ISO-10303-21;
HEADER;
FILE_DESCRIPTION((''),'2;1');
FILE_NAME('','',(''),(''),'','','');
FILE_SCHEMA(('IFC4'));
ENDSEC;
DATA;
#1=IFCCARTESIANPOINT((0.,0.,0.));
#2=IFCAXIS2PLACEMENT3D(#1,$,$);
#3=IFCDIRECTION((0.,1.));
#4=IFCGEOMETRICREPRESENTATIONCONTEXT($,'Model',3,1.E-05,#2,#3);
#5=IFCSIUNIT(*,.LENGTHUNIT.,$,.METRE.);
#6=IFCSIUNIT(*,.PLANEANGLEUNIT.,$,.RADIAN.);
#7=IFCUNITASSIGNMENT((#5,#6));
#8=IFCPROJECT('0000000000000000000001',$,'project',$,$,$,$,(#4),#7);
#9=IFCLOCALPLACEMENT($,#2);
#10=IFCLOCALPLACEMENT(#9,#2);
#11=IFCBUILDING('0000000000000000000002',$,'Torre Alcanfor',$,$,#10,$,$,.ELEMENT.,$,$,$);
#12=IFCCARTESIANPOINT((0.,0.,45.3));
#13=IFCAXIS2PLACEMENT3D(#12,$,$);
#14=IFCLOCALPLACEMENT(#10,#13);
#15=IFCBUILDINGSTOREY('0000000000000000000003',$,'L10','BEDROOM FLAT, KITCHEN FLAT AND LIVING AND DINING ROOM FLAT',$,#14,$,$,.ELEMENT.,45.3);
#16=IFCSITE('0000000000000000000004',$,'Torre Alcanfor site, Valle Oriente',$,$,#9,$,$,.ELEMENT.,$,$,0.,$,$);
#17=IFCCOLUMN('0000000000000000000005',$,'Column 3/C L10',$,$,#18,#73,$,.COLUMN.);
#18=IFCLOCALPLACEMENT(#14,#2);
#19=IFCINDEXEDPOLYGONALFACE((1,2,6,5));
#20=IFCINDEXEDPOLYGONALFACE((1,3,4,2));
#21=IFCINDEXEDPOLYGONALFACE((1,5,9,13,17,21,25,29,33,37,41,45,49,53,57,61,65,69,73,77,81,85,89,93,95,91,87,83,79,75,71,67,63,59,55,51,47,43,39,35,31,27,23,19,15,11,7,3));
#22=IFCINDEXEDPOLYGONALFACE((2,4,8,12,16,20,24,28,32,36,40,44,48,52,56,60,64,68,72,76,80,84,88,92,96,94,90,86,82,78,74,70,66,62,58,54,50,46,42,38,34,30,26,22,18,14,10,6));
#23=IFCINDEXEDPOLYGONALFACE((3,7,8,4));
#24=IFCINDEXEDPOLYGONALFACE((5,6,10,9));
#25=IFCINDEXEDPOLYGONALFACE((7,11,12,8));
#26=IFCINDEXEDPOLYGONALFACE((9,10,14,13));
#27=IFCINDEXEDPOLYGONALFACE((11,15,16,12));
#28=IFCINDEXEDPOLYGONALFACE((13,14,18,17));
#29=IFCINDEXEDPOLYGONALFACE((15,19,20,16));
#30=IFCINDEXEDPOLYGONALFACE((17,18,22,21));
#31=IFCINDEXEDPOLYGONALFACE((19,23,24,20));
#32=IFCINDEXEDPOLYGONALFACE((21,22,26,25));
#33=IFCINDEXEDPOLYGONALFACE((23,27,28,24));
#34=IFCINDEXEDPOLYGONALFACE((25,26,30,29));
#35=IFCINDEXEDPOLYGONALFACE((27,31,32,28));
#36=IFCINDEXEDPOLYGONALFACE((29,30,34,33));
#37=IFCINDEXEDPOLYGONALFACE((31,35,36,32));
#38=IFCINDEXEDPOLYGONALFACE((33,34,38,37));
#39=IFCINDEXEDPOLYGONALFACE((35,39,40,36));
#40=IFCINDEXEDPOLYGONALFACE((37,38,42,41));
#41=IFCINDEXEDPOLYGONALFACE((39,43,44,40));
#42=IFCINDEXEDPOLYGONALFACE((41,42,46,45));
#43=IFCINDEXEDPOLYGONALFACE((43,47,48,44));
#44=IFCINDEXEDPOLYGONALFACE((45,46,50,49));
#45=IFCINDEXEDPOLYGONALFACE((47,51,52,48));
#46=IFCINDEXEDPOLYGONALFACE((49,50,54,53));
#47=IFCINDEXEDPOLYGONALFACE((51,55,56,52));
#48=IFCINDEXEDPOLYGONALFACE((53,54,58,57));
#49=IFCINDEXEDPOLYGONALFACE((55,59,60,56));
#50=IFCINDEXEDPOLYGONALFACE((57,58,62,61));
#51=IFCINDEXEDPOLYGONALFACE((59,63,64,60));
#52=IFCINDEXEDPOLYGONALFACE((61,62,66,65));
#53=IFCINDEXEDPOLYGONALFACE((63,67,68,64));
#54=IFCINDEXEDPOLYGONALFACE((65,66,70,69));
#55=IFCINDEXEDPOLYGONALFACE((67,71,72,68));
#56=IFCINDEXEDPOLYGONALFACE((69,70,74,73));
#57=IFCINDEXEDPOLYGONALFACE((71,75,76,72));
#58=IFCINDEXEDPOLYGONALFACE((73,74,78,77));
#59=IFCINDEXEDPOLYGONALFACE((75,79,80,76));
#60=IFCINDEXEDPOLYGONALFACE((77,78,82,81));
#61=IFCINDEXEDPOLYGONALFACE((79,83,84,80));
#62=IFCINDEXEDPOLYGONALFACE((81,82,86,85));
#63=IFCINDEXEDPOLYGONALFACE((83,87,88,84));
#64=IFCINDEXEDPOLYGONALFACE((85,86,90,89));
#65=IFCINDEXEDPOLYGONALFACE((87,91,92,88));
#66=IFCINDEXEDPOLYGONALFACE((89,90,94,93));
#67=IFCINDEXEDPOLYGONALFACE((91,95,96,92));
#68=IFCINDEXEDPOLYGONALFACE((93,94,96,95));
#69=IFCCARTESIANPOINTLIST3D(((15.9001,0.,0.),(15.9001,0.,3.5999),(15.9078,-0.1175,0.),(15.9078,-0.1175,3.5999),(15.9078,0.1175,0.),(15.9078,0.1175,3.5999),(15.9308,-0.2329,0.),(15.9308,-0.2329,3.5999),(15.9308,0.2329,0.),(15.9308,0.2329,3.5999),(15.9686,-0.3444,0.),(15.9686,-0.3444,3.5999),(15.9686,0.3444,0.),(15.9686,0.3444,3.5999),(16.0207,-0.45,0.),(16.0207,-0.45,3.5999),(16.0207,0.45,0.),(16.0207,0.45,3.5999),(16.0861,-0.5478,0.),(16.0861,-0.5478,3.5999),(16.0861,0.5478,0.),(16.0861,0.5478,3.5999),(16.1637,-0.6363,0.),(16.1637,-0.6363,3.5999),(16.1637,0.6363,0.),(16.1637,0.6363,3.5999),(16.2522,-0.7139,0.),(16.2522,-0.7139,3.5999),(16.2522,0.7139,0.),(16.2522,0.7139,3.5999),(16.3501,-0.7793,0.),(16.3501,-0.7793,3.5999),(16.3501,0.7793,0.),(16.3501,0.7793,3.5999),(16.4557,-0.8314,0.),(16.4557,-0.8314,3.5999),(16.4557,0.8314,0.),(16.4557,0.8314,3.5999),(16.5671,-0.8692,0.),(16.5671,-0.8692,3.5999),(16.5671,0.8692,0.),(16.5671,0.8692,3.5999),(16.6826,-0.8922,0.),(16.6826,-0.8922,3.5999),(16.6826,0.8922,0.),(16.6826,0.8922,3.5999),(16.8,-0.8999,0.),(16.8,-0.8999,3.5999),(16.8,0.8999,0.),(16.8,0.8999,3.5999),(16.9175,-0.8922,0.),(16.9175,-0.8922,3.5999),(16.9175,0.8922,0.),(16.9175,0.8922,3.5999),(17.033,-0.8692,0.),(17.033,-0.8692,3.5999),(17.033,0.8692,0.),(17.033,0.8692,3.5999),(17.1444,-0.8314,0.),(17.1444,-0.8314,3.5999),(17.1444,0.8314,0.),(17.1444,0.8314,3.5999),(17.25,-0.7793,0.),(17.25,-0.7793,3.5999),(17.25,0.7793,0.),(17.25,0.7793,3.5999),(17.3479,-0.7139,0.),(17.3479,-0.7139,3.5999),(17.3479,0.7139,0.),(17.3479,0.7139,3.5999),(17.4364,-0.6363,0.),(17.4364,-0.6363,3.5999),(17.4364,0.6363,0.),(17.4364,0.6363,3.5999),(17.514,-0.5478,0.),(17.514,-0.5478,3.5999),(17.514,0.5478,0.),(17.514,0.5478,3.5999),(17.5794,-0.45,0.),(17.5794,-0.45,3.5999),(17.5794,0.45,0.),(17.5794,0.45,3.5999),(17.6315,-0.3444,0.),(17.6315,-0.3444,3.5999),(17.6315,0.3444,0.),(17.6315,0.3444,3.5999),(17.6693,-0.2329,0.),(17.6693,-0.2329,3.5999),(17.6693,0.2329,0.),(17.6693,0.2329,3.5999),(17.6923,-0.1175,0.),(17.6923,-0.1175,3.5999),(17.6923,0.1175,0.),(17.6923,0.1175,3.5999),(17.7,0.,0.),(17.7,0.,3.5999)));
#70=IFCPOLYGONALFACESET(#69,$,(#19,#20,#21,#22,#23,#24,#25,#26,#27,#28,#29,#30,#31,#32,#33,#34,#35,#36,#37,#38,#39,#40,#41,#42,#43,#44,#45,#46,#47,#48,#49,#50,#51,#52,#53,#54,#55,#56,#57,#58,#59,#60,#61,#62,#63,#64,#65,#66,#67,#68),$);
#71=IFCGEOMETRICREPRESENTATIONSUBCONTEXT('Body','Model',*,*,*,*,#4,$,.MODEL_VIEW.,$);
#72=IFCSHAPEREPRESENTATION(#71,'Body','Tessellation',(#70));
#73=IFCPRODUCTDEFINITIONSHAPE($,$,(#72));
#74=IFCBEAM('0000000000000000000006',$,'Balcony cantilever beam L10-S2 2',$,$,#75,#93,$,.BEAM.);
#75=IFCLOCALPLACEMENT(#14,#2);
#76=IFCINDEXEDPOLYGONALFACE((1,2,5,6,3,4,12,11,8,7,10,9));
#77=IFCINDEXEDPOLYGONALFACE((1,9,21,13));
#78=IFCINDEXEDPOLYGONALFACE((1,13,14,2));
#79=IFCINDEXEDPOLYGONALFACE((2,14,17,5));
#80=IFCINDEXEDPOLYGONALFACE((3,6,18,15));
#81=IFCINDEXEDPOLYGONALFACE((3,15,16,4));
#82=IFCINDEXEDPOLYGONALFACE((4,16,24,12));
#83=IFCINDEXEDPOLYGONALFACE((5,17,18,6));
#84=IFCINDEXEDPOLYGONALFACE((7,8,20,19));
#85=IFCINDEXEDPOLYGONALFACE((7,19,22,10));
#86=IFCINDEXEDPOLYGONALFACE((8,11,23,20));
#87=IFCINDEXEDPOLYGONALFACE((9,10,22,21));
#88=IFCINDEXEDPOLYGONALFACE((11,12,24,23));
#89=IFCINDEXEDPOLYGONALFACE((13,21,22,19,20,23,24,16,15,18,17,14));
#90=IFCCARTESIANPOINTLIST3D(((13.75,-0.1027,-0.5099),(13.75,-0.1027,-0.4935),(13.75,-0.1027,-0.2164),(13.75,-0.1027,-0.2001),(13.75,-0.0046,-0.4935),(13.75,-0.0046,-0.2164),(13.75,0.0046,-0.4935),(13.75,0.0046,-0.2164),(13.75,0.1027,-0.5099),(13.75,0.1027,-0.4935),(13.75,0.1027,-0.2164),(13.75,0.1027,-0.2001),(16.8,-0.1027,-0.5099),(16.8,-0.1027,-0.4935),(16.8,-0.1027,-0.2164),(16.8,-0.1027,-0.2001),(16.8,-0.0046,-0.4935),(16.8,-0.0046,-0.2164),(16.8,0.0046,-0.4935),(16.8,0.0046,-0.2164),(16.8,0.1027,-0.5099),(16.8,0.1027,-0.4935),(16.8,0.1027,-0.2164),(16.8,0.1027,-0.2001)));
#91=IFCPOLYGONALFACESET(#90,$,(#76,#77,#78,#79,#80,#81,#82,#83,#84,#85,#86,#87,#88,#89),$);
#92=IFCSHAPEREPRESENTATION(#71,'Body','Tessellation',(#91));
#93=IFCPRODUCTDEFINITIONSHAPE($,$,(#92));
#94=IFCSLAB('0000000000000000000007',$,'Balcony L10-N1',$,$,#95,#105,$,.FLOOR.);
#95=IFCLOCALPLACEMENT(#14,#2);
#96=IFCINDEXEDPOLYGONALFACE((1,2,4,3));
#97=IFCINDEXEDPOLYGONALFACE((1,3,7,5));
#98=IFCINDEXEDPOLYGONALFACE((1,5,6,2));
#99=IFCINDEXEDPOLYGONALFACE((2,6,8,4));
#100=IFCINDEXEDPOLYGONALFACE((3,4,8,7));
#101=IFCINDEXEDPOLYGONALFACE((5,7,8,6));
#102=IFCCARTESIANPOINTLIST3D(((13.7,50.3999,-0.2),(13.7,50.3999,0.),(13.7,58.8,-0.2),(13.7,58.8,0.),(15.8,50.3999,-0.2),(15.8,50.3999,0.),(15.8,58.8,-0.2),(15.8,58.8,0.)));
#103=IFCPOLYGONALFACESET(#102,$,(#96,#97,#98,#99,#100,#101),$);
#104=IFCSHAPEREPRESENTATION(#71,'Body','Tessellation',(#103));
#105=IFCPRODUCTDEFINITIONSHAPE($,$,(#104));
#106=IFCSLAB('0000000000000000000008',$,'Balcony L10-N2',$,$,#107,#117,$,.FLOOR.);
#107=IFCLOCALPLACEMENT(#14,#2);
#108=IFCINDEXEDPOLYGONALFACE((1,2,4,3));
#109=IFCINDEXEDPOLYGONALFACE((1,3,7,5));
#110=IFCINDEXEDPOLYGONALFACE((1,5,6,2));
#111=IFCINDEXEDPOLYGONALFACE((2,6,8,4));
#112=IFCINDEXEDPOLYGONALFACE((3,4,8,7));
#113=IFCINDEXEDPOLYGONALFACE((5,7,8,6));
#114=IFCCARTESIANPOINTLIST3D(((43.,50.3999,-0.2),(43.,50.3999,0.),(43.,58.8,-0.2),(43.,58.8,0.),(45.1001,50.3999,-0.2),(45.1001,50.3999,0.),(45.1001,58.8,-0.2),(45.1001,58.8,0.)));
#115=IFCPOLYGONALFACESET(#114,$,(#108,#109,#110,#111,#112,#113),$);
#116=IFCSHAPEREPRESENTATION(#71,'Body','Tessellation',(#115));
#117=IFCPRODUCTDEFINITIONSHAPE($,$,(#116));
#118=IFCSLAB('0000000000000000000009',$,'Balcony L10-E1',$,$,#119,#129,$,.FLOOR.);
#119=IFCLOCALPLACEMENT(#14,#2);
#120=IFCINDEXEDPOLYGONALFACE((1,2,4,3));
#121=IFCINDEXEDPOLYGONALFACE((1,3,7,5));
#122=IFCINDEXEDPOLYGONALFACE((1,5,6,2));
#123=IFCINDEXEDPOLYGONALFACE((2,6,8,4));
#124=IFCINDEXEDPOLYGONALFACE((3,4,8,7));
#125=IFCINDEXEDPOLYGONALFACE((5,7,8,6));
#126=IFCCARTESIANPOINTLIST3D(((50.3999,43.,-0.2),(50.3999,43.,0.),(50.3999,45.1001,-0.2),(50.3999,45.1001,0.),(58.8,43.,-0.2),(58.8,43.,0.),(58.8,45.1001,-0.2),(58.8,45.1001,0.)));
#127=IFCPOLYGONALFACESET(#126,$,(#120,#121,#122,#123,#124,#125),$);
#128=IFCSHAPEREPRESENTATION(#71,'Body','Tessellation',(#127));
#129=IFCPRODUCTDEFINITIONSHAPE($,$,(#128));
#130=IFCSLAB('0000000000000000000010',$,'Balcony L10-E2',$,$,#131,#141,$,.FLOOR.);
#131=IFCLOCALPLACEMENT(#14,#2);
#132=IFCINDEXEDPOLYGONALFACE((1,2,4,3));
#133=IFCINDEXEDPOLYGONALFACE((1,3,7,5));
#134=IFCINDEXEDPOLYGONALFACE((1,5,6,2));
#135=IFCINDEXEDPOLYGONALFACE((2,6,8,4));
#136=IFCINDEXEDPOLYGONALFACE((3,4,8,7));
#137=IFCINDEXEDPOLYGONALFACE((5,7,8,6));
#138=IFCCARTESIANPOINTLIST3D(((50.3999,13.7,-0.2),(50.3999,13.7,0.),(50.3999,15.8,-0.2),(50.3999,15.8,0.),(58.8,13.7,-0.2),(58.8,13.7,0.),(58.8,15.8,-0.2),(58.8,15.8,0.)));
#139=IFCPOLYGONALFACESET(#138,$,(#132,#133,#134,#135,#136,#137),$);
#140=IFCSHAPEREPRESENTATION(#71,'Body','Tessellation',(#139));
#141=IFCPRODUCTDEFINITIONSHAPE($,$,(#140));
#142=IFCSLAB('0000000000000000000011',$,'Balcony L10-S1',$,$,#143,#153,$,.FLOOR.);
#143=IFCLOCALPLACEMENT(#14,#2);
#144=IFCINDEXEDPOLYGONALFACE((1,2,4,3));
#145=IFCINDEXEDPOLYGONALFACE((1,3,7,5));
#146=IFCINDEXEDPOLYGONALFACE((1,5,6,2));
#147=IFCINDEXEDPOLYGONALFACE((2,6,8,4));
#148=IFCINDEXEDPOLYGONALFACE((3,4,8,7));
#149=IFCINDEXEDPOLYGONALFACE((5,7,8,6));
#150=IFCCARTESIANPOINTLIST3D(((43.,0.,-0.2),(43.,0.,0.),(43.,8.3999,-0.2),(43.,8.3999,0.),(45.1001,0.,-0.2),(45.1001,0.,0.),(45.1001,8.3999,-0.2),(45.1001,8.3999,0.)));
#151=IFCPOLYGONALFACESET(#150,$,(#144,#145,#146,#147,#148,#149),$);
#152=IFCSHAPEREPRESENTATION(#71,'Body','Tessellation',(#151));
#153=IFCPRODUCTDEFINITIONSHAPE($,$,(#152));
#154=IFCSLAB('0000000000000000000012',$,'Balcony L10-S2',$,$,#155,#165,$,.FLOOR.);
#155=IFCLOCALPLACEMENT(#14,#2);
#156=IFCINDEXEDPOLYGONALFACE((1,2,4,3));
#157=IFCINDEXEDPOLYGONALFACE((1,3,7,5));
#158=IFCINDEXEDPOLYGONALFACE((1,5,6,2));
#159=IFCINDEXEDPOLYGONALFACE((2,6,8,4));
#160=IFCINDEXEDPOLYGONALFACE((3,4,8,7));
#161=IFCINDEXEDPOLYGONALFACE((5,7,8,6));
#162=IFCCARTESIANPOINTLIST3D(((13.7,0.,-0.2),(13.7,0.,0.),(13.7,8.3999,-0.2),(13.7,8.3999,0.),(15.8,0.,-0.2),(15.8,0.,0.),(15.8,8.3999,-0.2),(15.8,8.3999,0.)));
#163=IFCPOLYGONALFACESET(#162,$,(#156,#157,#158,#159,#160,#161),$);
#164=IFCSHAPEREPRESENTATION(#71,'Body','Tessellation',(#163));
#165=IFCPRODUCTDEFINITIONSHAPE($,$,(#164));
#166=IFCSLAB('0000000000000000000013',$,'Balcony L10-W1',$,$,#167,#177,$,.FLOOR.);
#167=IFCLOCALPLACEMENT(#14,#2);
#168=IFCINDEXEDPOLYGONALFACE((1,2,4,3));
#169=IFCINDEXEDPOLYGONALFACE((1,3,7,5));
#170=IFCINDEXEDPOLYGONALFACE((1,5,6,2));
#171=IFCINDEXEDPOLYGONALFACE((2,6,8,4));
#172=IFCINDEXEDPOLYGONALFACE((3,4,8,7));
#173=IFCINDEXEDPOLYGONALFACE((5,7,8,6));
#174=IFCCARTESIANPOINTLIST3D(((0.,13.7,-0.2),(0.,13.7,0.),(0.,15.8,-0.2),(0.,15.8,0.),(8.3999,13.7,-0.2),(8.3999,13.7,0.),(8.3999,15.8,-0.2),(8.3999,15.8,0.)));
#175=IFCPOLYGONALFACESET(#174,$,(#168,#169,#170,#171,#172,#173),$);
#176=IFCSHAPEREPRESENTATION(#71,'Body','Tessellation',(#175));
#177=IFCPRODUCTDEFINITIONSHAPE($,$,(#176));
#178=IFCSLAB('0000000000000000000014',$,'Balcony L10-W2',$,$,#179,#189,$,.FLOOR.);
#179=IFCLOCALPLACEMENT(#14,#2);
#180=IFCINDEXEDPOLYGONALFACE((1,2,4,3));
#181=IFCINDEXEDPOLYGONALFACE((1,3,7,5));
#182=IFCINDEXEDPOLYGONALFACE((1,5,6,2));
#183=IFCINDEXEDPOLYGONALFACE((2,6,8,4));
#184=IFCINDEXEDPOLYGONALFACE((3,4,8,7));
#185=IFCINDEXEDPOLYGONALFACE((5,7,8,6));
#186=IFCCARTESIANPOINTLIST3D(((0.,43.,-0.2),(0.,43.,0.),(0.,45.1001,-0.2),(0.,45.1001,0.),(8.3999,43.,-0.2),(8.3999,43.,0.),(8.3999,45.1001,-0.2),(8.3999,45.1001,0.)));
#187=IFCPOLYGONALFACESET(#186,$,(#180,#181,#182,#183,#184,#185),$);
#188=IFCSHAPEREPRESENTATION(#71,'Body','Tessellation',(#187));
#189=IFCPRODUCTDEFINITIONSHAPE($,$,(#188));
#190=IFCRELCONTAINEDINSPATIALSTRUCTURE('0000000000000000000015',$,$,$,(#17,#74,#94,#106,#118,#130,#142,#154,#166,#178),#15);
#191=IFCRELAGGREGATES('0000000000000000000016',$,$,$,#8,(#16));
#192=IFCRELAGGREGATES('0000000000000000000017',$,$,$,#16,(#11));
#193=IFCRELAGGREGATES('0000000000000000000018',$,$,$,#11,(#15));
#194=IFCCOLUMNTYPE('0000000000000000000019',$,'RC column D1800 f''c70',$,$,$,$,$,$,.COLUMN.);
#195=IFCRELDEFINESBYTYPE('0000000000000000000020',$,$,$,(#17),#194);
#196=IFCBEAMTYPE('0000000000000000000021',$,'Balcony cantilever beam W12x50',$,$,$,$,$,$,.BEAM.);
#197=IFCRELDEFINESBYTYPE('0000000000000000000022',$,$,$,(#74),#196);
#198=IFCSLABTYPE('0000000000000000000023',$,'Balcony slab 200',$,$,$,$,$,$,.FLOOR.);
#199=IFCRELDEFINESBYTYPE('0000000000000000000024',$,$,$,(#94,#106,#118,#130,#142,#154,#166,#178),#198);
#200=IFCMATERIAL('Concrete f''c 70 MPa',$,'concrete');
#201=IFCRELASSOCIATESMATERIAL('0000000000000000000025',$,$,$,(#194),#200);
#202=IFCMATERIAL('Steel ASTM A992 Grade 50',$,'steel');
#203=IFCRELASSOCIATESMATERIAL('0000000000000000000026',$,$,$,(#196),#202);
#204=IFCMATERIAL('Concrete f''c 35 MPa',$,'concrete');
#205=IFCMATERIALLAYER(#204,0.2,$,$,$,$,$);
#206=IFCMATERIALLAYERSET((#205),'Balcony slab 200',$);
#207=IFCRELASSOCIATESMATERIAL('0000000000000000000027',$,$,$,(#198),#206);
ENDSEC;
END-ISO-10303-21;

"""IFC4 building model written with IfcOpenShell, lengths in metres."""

from ifc_helpers import new_model, si_unit, direction, frame, origin, origin_2d, place, context, subcontext, project, spatial, polyline, circle, i_section, outline, extrude, material, layer, layer_set, material_profile, profile_set, type_object, element, save


model = new_model("IFC4")

# Units and contexts
model_context = context("Model", 3, precision=1e-05, world=origin(), true_north=direction((0.0, 1.0)))
body_context = subcontext(model_context, "Body", "Model", "MODEL_VIEW")
ifc_project = project(units=[si_unit("LENGTHUNIT", "METRE"), si_unit("PLANEANGLEUNIT", "RADIAN")], contexts=[model_context])

# Site, building, storey
site_placement = place(None, origin())
site = spatial("IfcSite", under=ifc_project, at=site_placement, Name="Torre Alcanfor site, Valle Oriente", CompositionType="ELEMENT", RefElevation=0.0)
building_placement = place(site_placement, origin())
building = spatial("IfcBuilding", under=site, at=building_placement, Name="Torre Alcanfor", CompositionType="ELEMENT")
storey_placement = place(building_placement, frame((0.0, 0.0, 45.3)))
storey = spatial("IfcBuildingStorey", under=building, at=storey_placement, Name="L10", Description="BEDROOM FLAT, KITCHEN FLAT AND LIVING AND DINING ROOM FLAT", CompositionType="ELEMENT", Elevation=45.3)

# Column
ifc_material_1 = material(Name="Concrete f'c 70 MPa", Category="concrete")
ifc_material_profile_1 = material_profile(ifc_material_1, circle(Radius=0.8999, at=origin_2d()), Name="D1800")
ifc_profile_set_1 = profile_set([ifc_material_profile_1], Name="Concrete f'c 70 MPa")
column_type = type_object("IfcColumnType", Name="RC column D1800 f'c70", PredefinedType="COLUMN", material=ifc_profile_set_1)
column_placement = place(storey_placement, frame((16.8, 0.0, 0.0), z_axis=(0.0, 0.0, 1.0), x_axis=(1.0, 0.0, 0.0)))
element("IfcColumn", 1, at=column_placement, inside=storey, type_object=column_type, Name="Column 3/C L10", PredefinedType="COLUMN", context=body_context, shape_type="SweptSolid", body=[
    extrude(circle(Radius=0.8999, at=origin_2d()), origin(), (0.0, 0.0, 1.0), 3.5999),
])

# Beam
ifc_material_2 = material(Name="Steel ASTM A992 Grade 50", Category="steel")
ifc_material_profile_2 = material_profile(ifc_material_2, i_section(OverallWidth=0.2053, OverallDepth=0.3098, WebThickness=0.0093, FlangeThickness=0.0164, at=origin_2d()), Name="W12x50")
ifc_profile_set_2 = profile_set([ifc_material_profile_2], Name="Steel ASTM A992 Grade 50")
beam_type = type_object("IfcBeamType", Name="Balcony cantilever beam W12x50", PredefinedType="BEAM", material=ifc_profile_set_2)
beam_placement = place(storey_placement, frame((16.8, 0.0, -0.355), z_axis=(-1.0, 0.0, 0.0), x_axis=(0.0, -1.0, 0.0)))
element("IfcBeam", 2, at=beam_placement, inside=storey, type_object=beam_type, Name="Balcony cantilever beam L10-S2 2", PredefinedType="BEAM", context=body_context, shape_type="SweptSolid", body=[
    extrude(i_section(OverallWidth=0.2053, OverallDepth=0.3098, WebThickness=0.0093, FlangeThickness=0.0164, at=origin_2d()), origin(), (0.0, 0.0, 1.0), 3.05),
])

# Slabs
ifc_material_3 = material(Name="Concrete f'c 35 MPa", Category="concrete")
ifc_layer_1 = layer(ifc_material_3, 0.2)
ifc_layer_set_1 = layer_set([ifc_layer_1], Name="Balcony slab 200")
slab_type_1 = type_object("IfcSlabType", Name="Balcony slab 200", PredefinedType="FLOOR", material=ifc_layer_set_1)
slab_1_placement = place(storey_placement, frame((0.0, 0.0, -0.2)))
element("IfcSlab", 3, at=slab_1_placement, inside=storey, type_object=slab_type_1, Name="Balcony L10-N1", PredefinedType="FLOOR", context=body_context, shape_type="SweptSolid", body=[
    extrude(outline(polyline([(15.8, 50.3999), (15.8, 58.8), (13.7, 58.8), (13.7, 50.3999), (15.8, 50.3999)])), origin(), (0.0, 0.0, 1.0), 0.2),
])
slab_2_placement = place(storey_placement, frame((0.0, 0.0, -0.2)))
element("IfcSlab", 4, at=slab_2_placement, inside=storey, type_object=slab_type_1, Name="Balcony L10-N2", PredefinedType="FLOOR", context=body_context, shape_type="SweptSolid", body=[
    extrude(outline(polyline([(45.1001, 50.3999), (45.1001, 58.8), (43.0, 58.8), (43.0, 50.3999), (45.1001, 50.3999)])), origin(), (0.0, 0.0, 1.0), 0.2),
])
slab_3_placement = place(storey_placement, frame((0.0, 0.0, -0.2)))
element("IfcSlab", 5, at=slab_3_placement, inside=storey, type_object=slab_type_1, Name="Balcony L10-E1", PredefinedType="FLOOR", context=body_context, shape_type="SweptSolid", body=[
    extrude(outline(polyline([(50.3999, 43.0), (58.8, 43.0), (58.8, 45.1001), (50.3999, 45.1001), (50.3999, 43.0)])), origin(), (0.0, 0.0, 1.0), 0.2),
])
slab_4_placement = place(storey_placement, frame((0.0, 0.0, -0.2)))
element("IfcSlab", 6, at=slab_4_placement, inside=storey, type_object=slab_type_1, Name="Balcony L10-E2", PredefinedType="FLOOR", context=body_context, shape_type="SweptSolid", body=[
    extrude(outline(polyline([(50.3999, 13.7), (58.8, 13.7), (58.8, 15.8), (50.3999, 15.8), (50.3999, 13.7)])), origin(), (0.0, 0.0, 1.0), 0.2),
])
slab_5_placement = place(storey_placement, frame((0.0, 0.0, -0.2)))
element("IfcSlab", 7, at=slab_5_placement, inside=storey, type_object=slab_type_1, Name="Balcony L10-S1", PredefinedType="FLOOR", context=body_context, shape_type="SweptSolid", body=[
    extrude(outline(polyline([(43.0, 8.3999), (43.0, 0.0), (45.1001, 0.0), (45.1001, 8.3999), (43.0, 8.3999)])), origin(), (0.0, 0.0, 1.0), 0.2),
])
slab_6_placement = place(storey_placement, frame((0.0, 0.0, -0.2)))
element("IfcSlab", 8, at=slab_6_placement, inside=storey, type_object=slab_type_1, Name="Balcony L10-S2", PredefinedType="FLOOR", context=body_context, shape_type="SweptSolid", body=[
    extrude(outline(polyline([(13.7, 8.3999), (13.7, 0.0), (15.8, 0.0), (15.8, 8.3999), (13.7, 8.3999)])), origin(), (0.0, 0.0, 1.0), 0.2),
])
slab_7_placement = place(storey_placement, frame((0.0, 0.0, -0.2)))
element("IfcSlab", 9, at=slab_7_placement, inside=storey, type_object=slab_type_1, Name="Balcony L10-W1", PredefinedType="FLOOR", context=body_context, shape_type="SweptSolid", body=[
    extrude(outline(polyline([(8.3999, 15.8), (0.0, 15.8), (0.0, 13.7), (8.3999, 13.7), (8.3999, 15.8)])), origin(), (0.0, 0.0, 1.0), 0.2),
])
slab_8_placement = place(storey_placement, frame((0.0, 0.0, -0.2)))
element("IfcSlab", 10, at=slab_8_placement, inside=storey, type_object=slab_type_1, Name="Balcony L10-W2", PredefinedType="FLOOR", context=body_context, shape_type="SweptSolid", body=[
    extrude(outline(polyline([(8.3999, 45.1001), (0.0, 45.1001), (0.0, 43.0), (8.3999, 43.0), (8.3999, 45.1001)])), origin(), (0.0, 0.0, 1.0), 0.2),
])

save(model, "model.ifc")
